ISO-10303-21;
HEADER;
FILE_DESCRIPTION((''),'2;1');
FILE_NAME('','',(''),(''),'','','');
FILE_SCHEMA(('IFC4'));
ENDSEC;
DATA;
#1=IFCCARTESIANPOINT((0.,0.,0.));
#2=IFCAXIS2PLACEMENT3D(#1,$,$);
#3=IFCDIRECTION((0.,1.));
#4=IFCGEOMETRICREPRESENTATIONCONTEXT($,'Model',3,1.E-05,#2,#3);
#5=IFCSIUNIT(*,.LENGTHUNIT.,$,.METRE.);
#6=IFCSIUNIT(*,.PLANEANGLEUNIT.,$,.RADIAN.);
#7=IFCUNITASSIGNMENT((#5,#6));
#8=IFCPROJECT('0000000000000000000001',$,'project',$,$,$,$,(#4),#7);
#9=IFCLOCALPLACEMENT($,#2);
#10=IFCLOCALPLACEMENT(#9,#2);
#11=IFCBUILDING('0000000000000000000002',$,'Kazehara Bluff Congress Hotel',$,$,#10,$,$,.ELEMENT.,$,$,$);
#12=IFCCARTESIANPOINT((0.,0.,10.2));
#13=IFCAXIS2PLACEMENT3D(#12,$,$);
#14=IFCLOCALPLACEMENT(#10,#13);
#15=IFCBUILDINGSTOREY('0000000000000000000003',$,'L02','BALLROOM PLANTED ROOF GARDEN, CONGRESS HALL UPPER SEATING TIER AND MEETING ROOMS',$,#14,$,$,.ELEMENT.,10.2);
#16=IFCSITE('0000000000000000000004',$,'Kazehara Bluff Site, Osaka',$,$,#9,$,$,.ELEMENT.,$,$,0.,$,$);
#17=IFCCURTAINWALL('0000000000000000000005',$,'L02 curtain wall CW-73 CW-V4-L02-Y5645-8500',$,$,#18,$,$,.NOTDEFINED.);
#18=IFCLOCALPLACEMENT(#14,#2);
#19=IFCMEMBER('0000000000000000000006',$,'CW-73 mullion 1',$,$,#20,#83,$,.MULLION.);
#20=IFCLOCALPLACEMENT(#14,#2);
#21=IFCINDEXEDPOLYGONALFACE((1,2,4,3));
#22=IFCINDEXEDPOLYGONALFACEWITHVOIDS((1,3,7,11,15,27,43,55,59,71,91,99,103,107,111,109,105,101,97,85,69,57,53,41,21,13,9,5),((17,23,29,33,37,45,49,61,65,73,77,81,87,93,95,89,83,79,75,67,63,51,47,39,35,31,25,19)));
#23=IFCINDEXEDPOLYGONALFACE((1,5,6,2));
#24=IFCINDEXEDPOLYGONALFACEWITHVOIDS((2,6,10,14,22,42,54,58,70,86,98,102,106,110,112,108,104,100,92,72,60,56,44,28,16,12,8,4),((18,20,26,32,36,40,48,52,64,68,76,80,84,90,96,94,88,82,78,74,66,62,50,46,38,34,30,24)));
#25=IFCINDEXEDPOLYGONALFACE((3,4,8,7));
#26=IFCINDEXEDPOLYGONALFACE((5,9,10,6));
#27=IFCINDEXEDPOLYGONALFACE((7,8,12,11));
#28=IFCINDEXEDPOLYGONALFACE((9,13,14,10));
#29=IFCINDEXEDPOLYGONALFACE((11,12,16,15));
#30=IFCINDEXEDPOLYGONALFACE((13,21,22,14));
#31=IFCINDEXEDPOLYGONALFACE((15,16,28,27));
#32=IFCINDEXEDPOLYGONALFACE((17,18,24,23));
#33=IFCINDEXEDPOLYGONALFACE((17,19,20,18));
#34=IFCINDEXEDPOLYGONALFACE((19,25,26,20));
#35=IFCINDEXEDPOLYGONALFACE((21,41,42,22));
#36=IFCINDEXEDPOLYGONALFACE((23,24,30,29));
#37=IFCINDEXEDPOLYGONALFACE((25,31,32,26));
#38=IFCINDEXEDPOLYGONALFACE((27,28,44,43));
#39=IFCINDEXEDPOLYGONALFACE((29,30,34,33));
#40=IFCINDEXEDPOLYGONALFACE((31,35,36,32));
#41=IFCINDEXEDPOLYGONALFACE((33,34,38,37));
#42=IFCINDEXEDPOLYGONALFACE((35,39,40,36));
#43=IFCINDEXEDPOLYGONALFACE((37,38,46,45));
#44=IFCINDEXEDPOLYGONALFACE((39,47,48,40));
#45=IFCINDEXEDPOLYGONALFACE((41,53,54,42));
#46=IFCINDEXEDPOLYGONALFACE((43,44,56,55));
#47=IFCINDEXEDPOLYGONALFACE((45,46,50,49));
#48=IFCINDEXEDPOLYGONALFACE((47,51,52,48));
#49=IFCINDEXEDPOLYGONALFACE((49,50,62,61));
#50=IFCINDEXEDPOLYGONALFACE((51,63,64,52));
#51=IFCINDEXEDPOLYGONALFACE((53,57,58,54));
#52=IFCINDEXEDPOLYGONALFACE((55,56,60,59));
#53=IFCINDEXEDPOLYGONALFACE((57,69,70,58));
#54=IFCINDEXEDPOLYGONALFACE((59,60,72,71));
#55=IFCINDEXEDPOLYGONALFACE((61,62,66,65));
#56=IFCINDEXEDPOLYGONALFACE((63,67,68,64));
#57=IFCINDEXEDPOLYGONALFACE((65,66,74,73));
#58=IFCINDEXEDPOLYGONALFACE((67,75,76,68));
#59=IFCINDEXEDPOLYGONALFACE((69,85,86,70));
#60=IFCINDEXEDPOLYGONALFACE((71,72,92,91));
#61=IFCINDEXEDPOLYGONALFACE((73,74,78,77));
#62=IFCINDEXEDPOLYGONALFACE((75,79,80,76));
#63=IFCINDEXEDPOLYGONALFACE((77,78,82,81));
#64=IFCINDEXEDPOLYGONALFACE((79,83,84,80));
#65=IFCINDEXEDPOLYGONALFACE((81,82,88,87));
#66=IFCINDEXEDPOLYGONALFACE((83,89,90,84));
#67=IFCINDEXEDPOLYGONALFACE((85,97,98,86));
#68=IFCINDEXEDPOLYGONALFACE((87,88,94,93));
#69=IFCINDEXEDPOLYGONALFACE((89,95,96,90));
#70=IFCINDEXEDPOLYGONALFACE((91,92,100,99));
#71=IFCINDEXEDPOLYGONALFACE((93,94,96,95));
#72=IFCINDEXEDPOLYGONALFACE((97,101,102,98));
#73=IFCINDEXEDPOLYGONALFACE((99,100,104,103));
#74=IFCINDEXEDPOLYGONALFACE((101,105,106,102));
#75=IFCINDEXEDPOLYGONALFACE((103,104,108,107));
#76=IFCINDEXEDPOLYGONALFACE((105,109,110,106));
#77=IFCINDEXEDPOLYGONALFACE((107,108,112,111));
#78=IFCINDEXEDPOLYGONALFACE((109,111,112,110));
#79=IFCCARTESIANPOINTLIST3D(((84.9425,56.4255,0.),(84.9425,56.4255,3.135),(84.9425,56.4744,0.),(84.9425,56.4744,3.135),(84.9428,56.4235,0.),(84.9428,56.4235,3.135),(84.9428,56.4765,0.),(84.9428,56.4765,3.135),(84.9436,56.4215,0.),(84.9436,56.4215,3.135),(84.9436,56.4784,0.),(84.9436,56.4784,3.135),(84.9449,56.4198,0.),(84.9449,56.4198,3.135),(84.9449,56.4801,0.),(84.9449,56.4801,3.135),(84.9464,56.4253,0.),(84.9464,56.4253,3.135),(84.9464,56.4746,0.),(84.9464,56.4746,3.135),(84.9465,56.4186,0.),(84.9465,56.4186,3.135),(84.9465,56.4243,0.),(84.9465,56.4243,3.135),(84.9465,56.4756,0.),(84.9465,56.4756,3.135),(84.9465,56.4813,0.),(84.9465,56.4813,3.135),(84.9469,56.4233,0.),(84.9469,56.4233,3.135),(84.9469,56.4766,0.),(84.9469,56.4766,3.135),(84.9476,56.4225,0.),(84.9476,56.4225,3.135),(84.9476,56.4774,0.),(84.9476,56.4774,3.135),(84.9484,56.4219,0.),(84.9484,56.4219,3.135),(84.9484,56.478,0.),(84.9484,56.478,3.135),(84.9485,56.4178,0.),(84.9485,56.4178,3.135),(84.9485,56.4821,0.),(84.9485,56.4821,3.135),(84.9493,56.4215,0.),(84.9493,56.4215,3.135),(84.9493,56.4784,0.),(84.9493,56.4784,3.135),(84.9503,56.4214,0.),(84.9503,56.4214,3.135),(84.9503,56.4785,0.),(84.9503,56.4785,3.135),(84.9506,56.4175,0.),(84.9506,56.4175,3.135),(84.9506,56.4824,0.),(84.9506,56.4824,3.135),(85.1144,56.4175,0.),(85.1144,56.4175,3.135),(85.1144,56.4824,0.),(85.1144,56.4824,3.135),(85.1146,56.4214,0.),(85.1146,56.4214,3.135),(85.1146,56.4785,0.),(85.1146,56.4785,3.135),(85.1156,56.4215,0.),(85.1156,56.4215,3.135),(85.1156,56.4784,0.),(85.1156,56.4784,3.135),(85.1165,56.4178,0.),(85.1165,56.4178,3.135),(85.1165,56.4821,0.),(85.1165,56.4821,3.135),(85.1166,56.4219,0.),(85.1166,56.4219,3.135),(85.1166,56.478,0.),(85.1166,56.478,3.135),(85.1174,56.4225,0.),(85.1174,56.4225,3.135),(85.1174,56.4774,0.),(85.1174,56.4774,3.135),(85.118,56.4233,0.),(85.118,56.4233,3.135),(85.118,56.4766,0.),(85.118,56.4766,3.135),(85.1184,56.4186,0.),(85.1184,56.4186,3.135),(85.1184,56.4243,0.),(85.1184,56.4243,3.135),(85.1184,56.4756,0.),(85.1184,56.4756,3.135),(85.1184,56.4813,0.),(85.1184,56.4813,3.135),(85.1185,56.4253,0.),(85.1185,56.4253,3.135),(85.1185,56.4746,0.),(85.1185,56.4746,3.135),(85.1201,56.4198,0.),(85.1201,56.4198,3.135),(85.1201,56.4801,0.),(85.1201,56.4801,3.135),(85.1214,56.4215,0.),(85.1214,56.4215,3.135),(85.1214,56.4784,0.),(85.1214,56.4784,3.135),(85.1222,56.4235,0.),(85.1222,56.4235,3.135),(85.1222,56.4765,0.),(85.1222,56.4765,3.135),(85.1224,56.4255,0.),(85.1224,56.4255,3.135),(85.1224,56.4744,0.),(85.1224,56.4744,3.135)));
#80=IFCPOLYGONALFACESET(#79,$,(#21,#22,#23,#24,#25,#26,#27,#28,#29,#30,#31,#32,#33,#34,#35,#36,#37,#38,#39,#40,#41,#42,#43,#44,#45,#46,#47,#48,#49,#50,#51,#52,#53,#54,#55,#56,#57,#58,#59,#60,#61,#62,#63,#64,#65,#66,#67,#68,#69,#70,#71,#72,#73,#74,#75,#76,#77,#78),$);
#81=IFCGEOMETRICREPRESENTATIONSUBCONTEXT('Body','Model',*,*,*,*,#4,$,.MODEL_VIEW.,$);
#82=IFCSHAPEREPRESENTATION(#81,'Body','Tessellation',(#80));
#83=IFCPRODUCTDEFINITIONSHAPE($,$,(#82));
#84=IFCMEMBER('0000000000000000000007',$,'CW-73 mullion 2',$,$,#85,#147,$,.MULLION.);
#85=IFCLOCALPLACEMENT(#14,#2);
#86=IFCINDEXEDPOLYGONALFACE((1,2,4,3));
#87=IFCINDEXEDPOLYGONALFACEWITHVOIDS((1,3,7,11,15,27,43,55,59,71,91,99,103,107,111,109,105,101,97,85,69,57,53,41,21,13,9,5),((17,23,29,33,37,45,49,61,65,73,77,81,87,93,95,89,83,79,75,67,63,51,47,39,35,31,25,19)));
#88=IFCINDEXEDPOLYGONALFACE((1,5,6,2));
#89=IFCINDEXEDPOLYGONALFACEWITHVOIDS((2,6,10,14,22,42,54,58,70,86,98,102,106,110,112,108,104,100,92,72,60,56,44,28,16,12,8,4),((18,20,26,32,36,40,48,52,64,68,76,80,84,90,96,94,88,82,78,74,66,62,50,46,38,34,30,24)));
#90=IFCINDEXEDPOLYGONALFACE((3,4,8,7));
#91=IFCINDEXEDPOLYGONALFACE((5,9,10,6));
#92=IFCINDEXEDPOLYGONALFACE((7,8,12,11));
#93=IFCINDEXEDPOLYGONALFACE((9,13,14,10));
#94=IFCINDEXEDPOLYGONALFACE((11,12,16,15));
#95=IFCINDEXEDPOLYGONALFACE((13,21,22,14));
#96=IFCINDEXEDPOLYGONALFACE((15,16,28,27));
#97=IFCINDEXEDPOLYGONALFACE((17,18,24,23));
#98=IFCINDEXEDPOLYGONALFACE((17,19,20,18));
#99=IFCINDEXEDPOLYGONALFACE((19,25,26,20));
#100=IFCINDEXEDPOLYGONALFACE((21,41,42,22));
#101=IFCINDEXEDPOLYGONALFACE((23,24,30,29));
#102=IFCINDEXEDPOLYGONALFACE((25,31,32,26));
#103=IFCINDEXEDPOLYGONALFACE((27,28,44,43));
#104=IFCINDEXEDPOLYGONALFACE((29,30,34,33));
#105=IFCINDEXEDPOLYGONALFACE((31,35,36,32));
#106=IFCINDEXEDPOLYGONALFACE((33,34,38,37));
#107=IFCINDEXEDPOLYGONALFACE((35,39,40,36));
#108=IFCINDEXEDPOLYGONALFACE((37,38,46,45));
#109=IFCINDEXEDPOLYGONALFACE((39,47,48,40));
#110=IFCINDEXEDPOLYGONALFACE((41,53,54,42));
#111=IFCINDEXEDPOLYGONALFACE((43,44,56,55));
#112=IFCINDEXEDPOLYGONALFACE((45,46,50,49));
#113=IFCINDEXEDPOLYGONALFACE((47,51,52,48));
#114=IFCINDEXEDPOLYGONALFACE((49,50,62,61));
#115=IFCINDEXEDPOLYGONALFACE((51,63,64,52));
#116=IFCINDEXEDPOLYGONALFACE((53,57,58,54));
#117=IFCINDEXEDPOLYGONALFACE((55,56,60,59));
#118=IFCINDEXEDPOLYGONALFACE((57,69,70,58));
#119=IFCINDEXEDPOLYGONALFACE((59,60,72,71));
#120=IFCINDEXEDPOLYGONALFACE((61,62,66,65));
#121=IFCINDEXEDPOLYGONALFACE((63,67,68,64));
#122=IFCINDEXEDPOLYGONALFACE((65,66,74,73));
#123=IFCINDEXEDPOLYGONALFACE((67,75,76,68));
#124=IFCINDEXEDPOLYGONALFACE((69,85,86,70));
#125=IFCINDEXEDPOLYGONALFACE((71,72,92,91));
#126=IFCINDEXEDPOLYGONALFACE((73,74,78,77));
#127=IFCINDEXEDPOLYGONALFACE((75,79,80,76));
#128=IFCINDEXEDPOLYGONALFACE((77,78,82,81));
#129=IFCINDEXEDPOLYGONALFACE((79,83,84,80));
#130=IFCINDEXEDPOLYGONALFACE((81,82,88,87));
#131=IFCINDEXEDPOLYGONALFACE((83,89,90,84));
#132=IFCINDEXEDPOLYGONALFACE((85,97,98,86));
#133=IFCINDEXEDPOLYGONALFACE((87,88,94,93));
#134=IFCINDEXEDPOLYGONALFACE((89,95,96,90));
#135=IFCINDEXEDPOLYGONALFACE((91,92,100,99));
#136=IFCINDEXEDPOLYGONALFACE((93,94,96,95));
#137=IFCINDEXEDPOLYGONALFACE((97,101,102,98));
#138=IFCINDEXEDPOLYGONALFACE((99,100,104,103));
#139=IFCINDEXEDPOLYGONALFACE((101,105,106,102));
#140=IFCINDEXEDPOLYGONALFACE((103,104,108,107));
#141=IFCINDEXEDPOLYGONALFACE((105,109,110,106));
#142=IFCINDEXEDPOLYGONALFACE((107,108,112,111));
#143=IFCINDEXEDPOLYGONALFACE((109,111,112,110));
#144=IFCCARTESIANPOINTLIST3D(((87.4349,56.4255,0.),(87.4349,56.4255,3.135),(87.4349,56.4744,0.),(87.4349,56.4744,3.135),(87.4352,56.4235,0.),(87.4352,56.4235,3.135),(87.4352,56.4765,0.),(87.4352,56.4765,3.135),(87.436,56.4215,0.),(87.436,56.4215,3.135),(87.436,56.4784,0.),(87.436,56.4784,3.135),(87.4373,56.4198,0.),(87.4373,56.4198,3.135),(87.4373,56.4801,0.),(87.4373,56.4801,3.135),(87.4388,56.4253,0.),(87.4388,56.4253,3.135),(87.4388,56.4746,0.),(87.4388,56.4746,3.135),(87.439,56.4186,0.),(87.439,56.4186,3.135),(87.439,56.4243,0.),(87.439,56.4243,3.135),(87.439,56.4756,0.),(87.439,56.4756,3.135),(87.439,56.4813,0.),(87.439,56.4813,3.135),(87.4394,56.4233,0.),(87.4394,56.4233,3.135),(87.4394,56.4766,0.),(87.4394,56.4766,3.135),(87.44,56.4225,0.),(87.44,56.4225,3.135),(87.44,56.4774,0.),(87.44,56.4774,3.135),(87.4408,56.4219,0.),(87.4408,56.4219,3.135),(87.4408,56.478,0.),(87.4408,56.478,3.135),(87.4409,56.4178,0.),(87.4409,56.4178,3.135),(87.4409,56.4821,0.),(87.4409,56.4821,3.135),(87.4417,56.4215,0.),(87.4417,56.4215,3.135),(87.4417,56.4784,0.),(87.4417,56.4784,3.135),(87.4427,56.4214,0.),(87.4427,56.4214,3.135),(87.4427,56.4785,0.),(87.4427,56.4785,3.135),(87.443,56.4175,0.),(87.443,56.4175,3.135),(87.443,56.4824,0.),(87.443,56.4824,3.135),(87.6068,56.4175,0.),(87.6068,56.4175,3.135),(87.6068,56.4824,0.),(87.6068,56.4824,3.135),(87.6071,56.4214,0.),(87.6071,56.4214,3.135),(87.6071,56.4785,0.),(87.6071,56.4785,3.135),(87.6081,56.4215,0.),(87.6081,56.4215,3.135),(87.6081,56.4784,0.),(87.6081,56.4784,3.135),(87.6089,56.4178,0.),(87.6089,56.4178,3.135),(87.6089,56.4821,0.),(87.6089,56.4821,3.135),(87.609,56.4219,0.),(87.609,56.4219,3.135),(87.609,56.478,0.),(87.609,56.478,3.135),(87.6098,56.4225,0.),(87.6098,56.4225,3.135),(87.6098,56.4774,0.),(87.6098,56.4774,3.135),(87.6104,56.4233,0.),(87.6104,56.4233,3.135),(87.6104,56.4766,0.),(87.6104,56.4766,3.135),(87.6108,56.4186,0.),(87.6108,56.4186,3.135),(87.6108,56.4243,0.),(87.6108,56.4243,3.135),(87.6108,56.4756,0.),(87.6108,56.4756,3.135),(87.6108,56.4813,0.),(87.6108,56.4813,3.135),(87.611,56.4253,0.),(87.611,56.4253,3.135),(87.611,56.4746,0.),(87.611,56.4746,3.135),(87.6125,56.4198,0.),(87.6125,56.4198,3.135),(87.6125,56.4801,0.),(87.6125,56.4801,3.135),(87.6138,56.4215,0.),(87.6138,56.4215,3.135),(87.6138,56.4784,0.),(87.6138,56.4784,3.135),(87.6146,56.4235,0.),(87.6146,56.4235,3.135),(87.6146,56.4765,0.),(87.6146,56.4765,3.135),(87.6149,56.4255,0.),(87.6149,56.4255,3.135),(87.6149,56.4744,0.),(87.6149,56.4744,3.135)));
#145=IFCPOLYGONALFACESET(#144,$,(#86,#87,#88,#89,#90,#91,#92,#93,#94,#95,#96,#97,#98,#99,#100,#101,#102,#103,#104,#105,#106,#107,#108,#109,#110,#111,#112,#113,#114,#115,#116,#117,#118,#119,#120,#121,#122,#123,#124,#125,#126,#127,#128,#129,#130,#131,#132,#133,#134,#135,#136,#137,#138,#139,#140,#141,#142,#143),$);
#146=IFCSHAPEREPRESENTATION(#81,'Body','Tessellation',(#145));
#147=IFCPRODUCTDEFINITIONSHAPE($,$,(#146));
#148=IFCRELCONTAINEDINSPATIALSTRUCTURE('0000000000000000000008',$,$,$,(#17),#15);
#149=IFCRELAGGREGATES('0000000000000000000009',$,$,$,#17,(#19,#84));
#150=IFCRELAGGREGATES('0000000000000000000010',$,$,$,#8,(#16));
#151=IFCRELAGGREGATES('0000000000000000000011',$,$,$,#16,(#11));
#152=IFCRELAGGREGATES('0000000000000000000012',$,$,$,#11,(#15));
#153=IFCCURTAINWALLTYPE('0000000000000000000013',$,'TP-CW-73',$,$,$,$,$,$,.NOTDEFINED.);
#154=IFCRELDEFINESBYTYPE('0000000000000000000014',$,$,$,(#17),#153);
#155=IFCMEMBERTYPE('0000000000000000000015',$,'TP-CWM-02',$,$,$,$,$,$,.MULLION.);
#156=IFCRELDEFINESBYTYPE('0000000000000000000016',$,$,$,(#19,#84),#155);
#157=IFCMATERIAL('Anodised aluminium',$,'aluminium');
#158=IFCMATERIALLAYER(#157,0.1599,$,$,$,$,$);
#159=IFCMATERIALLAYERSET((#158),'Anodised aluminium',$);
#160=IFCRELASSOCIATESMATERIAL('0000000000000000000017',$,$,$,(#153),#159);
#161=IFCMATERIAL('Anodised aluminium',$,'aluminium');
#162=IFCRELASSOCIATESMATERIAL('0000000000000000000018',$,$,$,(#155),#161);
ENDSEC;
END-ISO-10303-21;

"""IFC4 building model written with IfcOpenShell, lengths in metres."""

from ifc_helpers import new_model, si_unit, direction, frame, origin, origin_2d, place, context, subcontext, project, spatial, hollow_rectangle, extrude, material, layer, layer_set, material_profile, profile_set, type_object, element, aggregate, save


model = new_model("IFC4")

# Units and contexts
model_context = context("Model", 3, precision=1e-05, world=origin(), true_north=direction((0.0, 1.0)))
body_context = subcontext(model_context, "Body", "Model", "MODEL_VIEW")
ifc_project = project(units=[si_unit("LENGTHUNIT", "METRE"), si_unit("PLANEANGLEUNIT", "RADIAN")], contexts=[model_context])

# Site, building, storey
site_placement = place(None, origin())
site = spatial("IfcSite", under=ifc_project, at=site_placement, Name="Kazehara Bluff Site, Osaka", CompositionType="ELEMENT", RefElevation=0.0)
building_placement = place(site_placement, origin())
building = spatial("IfcBuilding", under=site, at=building_placement, Name="Kazehara Bluff Congress Hotel", CompositionType="ELEMENT")
storey_placement = place(building_placement, frame((0.0, 0.0, 10.2)))
storey = spatial("IfcBuildingStorey", under=building, at=storey_placement, Name="L02", Description="BALLROOM PLANTED ROOF GARDEN, CONGRESS HALL UPPER SEATING TIER AND MEETING ROOMS", CompositionType="ELEMENT", Elevation=10.2)

# Curtain wall, members
ifc_material_1 = material(Name="Anodised aluminium", Category="aluminium")
ifc_layer_1 = layer(ifc_material_1, 0.1599)
ifc_layer_set_1 = layer_set([ifc_layer_1], Name="Anodised aluminium")
curtain_wall_type = type_object("IfcCurtainWallType", Name="TP-CW-73", PredefinedType="NOTDEFINED", material=ifc_layer_set_1)
curtain_wall_placement = place(storey_placement, origin())
curtain_wall = element("IfcCurtainWall", 1, at=curtain_wall_placement, inside=storey, type_object=curtain_wall_type, Name="L02 curtain wall CW-73 CW-V4-L02-Y5645-8500", PredefinedType="NOTDEFINED")
ifc_material_2 = material(Name="Anodised aluminium", Category="aluminium")
ifc_material_profile_1 = material_profile(ifc_material_2, hollow_rectangle(XDim=0.0649, YDim=0.1799, WallThickness=0.0039, InnerFilletRadius=0.0039, OuterFilletRadius=0.0081, at=origin_2d()))
ifc_profile_set_1 = profile_set([ifc_material_profile_1], Name="Anodised aluminium")
member_type_1 = type_object("IfcMemberType", Name="TP-CWM-02", PredefinedType="MULLION", material=ifc_profile_set_1)
member_1_placement = place(storey_placement, frame((85.0325, 56.45, 0.0), z_axis=(0.0, 0.0, 1.0), x_axis=(0.0, 1.0, 0.0)))
member_1 = element("IfcMember", 2, at=member_1_placement, type_object=member_type_1, Name="CW-73 mullion 1", PredefinedType="MULLION", context=body_context, shape_type="SweptSolid", body=[
    extrude(hollow_rectangle(XDim=0.0649, YDim=0.1799, WallThickness=0.0039, InnerFilletRadius=0.0039, OuterFilletRadius=0.0081, at=origin_2d()), origin(), (0.0, 0.0, 1.0), 3.135),
])
member_2_placement = place(storey_placement, frame((87.5249, 56.45, 0.0), z_axis=(0.0, 0.0, 1.0), x_axis=(0.0, 1.0, 0.0)))
member_2 = element("IfcMember", 3, at=member_2_placement, type_object=member_type_1, Name="CW-73 mullion 2", PredefinedType="MULLION", context=body_context, shape_type="SweptSolid", body=[
    extrude(hollow_rectangle(XDim=0.0649, YDim=0.1799, WallThickness=0.0039, InnerFilletRadius=0.0039, OuterFilletRadius=0.0081, at=origin_2d()), origin(), (0.0, 0.0, 1.0), 3.135),
])
aggregate(curtain_wall, [member_1, member_2])

save(model, "model.ifc")
